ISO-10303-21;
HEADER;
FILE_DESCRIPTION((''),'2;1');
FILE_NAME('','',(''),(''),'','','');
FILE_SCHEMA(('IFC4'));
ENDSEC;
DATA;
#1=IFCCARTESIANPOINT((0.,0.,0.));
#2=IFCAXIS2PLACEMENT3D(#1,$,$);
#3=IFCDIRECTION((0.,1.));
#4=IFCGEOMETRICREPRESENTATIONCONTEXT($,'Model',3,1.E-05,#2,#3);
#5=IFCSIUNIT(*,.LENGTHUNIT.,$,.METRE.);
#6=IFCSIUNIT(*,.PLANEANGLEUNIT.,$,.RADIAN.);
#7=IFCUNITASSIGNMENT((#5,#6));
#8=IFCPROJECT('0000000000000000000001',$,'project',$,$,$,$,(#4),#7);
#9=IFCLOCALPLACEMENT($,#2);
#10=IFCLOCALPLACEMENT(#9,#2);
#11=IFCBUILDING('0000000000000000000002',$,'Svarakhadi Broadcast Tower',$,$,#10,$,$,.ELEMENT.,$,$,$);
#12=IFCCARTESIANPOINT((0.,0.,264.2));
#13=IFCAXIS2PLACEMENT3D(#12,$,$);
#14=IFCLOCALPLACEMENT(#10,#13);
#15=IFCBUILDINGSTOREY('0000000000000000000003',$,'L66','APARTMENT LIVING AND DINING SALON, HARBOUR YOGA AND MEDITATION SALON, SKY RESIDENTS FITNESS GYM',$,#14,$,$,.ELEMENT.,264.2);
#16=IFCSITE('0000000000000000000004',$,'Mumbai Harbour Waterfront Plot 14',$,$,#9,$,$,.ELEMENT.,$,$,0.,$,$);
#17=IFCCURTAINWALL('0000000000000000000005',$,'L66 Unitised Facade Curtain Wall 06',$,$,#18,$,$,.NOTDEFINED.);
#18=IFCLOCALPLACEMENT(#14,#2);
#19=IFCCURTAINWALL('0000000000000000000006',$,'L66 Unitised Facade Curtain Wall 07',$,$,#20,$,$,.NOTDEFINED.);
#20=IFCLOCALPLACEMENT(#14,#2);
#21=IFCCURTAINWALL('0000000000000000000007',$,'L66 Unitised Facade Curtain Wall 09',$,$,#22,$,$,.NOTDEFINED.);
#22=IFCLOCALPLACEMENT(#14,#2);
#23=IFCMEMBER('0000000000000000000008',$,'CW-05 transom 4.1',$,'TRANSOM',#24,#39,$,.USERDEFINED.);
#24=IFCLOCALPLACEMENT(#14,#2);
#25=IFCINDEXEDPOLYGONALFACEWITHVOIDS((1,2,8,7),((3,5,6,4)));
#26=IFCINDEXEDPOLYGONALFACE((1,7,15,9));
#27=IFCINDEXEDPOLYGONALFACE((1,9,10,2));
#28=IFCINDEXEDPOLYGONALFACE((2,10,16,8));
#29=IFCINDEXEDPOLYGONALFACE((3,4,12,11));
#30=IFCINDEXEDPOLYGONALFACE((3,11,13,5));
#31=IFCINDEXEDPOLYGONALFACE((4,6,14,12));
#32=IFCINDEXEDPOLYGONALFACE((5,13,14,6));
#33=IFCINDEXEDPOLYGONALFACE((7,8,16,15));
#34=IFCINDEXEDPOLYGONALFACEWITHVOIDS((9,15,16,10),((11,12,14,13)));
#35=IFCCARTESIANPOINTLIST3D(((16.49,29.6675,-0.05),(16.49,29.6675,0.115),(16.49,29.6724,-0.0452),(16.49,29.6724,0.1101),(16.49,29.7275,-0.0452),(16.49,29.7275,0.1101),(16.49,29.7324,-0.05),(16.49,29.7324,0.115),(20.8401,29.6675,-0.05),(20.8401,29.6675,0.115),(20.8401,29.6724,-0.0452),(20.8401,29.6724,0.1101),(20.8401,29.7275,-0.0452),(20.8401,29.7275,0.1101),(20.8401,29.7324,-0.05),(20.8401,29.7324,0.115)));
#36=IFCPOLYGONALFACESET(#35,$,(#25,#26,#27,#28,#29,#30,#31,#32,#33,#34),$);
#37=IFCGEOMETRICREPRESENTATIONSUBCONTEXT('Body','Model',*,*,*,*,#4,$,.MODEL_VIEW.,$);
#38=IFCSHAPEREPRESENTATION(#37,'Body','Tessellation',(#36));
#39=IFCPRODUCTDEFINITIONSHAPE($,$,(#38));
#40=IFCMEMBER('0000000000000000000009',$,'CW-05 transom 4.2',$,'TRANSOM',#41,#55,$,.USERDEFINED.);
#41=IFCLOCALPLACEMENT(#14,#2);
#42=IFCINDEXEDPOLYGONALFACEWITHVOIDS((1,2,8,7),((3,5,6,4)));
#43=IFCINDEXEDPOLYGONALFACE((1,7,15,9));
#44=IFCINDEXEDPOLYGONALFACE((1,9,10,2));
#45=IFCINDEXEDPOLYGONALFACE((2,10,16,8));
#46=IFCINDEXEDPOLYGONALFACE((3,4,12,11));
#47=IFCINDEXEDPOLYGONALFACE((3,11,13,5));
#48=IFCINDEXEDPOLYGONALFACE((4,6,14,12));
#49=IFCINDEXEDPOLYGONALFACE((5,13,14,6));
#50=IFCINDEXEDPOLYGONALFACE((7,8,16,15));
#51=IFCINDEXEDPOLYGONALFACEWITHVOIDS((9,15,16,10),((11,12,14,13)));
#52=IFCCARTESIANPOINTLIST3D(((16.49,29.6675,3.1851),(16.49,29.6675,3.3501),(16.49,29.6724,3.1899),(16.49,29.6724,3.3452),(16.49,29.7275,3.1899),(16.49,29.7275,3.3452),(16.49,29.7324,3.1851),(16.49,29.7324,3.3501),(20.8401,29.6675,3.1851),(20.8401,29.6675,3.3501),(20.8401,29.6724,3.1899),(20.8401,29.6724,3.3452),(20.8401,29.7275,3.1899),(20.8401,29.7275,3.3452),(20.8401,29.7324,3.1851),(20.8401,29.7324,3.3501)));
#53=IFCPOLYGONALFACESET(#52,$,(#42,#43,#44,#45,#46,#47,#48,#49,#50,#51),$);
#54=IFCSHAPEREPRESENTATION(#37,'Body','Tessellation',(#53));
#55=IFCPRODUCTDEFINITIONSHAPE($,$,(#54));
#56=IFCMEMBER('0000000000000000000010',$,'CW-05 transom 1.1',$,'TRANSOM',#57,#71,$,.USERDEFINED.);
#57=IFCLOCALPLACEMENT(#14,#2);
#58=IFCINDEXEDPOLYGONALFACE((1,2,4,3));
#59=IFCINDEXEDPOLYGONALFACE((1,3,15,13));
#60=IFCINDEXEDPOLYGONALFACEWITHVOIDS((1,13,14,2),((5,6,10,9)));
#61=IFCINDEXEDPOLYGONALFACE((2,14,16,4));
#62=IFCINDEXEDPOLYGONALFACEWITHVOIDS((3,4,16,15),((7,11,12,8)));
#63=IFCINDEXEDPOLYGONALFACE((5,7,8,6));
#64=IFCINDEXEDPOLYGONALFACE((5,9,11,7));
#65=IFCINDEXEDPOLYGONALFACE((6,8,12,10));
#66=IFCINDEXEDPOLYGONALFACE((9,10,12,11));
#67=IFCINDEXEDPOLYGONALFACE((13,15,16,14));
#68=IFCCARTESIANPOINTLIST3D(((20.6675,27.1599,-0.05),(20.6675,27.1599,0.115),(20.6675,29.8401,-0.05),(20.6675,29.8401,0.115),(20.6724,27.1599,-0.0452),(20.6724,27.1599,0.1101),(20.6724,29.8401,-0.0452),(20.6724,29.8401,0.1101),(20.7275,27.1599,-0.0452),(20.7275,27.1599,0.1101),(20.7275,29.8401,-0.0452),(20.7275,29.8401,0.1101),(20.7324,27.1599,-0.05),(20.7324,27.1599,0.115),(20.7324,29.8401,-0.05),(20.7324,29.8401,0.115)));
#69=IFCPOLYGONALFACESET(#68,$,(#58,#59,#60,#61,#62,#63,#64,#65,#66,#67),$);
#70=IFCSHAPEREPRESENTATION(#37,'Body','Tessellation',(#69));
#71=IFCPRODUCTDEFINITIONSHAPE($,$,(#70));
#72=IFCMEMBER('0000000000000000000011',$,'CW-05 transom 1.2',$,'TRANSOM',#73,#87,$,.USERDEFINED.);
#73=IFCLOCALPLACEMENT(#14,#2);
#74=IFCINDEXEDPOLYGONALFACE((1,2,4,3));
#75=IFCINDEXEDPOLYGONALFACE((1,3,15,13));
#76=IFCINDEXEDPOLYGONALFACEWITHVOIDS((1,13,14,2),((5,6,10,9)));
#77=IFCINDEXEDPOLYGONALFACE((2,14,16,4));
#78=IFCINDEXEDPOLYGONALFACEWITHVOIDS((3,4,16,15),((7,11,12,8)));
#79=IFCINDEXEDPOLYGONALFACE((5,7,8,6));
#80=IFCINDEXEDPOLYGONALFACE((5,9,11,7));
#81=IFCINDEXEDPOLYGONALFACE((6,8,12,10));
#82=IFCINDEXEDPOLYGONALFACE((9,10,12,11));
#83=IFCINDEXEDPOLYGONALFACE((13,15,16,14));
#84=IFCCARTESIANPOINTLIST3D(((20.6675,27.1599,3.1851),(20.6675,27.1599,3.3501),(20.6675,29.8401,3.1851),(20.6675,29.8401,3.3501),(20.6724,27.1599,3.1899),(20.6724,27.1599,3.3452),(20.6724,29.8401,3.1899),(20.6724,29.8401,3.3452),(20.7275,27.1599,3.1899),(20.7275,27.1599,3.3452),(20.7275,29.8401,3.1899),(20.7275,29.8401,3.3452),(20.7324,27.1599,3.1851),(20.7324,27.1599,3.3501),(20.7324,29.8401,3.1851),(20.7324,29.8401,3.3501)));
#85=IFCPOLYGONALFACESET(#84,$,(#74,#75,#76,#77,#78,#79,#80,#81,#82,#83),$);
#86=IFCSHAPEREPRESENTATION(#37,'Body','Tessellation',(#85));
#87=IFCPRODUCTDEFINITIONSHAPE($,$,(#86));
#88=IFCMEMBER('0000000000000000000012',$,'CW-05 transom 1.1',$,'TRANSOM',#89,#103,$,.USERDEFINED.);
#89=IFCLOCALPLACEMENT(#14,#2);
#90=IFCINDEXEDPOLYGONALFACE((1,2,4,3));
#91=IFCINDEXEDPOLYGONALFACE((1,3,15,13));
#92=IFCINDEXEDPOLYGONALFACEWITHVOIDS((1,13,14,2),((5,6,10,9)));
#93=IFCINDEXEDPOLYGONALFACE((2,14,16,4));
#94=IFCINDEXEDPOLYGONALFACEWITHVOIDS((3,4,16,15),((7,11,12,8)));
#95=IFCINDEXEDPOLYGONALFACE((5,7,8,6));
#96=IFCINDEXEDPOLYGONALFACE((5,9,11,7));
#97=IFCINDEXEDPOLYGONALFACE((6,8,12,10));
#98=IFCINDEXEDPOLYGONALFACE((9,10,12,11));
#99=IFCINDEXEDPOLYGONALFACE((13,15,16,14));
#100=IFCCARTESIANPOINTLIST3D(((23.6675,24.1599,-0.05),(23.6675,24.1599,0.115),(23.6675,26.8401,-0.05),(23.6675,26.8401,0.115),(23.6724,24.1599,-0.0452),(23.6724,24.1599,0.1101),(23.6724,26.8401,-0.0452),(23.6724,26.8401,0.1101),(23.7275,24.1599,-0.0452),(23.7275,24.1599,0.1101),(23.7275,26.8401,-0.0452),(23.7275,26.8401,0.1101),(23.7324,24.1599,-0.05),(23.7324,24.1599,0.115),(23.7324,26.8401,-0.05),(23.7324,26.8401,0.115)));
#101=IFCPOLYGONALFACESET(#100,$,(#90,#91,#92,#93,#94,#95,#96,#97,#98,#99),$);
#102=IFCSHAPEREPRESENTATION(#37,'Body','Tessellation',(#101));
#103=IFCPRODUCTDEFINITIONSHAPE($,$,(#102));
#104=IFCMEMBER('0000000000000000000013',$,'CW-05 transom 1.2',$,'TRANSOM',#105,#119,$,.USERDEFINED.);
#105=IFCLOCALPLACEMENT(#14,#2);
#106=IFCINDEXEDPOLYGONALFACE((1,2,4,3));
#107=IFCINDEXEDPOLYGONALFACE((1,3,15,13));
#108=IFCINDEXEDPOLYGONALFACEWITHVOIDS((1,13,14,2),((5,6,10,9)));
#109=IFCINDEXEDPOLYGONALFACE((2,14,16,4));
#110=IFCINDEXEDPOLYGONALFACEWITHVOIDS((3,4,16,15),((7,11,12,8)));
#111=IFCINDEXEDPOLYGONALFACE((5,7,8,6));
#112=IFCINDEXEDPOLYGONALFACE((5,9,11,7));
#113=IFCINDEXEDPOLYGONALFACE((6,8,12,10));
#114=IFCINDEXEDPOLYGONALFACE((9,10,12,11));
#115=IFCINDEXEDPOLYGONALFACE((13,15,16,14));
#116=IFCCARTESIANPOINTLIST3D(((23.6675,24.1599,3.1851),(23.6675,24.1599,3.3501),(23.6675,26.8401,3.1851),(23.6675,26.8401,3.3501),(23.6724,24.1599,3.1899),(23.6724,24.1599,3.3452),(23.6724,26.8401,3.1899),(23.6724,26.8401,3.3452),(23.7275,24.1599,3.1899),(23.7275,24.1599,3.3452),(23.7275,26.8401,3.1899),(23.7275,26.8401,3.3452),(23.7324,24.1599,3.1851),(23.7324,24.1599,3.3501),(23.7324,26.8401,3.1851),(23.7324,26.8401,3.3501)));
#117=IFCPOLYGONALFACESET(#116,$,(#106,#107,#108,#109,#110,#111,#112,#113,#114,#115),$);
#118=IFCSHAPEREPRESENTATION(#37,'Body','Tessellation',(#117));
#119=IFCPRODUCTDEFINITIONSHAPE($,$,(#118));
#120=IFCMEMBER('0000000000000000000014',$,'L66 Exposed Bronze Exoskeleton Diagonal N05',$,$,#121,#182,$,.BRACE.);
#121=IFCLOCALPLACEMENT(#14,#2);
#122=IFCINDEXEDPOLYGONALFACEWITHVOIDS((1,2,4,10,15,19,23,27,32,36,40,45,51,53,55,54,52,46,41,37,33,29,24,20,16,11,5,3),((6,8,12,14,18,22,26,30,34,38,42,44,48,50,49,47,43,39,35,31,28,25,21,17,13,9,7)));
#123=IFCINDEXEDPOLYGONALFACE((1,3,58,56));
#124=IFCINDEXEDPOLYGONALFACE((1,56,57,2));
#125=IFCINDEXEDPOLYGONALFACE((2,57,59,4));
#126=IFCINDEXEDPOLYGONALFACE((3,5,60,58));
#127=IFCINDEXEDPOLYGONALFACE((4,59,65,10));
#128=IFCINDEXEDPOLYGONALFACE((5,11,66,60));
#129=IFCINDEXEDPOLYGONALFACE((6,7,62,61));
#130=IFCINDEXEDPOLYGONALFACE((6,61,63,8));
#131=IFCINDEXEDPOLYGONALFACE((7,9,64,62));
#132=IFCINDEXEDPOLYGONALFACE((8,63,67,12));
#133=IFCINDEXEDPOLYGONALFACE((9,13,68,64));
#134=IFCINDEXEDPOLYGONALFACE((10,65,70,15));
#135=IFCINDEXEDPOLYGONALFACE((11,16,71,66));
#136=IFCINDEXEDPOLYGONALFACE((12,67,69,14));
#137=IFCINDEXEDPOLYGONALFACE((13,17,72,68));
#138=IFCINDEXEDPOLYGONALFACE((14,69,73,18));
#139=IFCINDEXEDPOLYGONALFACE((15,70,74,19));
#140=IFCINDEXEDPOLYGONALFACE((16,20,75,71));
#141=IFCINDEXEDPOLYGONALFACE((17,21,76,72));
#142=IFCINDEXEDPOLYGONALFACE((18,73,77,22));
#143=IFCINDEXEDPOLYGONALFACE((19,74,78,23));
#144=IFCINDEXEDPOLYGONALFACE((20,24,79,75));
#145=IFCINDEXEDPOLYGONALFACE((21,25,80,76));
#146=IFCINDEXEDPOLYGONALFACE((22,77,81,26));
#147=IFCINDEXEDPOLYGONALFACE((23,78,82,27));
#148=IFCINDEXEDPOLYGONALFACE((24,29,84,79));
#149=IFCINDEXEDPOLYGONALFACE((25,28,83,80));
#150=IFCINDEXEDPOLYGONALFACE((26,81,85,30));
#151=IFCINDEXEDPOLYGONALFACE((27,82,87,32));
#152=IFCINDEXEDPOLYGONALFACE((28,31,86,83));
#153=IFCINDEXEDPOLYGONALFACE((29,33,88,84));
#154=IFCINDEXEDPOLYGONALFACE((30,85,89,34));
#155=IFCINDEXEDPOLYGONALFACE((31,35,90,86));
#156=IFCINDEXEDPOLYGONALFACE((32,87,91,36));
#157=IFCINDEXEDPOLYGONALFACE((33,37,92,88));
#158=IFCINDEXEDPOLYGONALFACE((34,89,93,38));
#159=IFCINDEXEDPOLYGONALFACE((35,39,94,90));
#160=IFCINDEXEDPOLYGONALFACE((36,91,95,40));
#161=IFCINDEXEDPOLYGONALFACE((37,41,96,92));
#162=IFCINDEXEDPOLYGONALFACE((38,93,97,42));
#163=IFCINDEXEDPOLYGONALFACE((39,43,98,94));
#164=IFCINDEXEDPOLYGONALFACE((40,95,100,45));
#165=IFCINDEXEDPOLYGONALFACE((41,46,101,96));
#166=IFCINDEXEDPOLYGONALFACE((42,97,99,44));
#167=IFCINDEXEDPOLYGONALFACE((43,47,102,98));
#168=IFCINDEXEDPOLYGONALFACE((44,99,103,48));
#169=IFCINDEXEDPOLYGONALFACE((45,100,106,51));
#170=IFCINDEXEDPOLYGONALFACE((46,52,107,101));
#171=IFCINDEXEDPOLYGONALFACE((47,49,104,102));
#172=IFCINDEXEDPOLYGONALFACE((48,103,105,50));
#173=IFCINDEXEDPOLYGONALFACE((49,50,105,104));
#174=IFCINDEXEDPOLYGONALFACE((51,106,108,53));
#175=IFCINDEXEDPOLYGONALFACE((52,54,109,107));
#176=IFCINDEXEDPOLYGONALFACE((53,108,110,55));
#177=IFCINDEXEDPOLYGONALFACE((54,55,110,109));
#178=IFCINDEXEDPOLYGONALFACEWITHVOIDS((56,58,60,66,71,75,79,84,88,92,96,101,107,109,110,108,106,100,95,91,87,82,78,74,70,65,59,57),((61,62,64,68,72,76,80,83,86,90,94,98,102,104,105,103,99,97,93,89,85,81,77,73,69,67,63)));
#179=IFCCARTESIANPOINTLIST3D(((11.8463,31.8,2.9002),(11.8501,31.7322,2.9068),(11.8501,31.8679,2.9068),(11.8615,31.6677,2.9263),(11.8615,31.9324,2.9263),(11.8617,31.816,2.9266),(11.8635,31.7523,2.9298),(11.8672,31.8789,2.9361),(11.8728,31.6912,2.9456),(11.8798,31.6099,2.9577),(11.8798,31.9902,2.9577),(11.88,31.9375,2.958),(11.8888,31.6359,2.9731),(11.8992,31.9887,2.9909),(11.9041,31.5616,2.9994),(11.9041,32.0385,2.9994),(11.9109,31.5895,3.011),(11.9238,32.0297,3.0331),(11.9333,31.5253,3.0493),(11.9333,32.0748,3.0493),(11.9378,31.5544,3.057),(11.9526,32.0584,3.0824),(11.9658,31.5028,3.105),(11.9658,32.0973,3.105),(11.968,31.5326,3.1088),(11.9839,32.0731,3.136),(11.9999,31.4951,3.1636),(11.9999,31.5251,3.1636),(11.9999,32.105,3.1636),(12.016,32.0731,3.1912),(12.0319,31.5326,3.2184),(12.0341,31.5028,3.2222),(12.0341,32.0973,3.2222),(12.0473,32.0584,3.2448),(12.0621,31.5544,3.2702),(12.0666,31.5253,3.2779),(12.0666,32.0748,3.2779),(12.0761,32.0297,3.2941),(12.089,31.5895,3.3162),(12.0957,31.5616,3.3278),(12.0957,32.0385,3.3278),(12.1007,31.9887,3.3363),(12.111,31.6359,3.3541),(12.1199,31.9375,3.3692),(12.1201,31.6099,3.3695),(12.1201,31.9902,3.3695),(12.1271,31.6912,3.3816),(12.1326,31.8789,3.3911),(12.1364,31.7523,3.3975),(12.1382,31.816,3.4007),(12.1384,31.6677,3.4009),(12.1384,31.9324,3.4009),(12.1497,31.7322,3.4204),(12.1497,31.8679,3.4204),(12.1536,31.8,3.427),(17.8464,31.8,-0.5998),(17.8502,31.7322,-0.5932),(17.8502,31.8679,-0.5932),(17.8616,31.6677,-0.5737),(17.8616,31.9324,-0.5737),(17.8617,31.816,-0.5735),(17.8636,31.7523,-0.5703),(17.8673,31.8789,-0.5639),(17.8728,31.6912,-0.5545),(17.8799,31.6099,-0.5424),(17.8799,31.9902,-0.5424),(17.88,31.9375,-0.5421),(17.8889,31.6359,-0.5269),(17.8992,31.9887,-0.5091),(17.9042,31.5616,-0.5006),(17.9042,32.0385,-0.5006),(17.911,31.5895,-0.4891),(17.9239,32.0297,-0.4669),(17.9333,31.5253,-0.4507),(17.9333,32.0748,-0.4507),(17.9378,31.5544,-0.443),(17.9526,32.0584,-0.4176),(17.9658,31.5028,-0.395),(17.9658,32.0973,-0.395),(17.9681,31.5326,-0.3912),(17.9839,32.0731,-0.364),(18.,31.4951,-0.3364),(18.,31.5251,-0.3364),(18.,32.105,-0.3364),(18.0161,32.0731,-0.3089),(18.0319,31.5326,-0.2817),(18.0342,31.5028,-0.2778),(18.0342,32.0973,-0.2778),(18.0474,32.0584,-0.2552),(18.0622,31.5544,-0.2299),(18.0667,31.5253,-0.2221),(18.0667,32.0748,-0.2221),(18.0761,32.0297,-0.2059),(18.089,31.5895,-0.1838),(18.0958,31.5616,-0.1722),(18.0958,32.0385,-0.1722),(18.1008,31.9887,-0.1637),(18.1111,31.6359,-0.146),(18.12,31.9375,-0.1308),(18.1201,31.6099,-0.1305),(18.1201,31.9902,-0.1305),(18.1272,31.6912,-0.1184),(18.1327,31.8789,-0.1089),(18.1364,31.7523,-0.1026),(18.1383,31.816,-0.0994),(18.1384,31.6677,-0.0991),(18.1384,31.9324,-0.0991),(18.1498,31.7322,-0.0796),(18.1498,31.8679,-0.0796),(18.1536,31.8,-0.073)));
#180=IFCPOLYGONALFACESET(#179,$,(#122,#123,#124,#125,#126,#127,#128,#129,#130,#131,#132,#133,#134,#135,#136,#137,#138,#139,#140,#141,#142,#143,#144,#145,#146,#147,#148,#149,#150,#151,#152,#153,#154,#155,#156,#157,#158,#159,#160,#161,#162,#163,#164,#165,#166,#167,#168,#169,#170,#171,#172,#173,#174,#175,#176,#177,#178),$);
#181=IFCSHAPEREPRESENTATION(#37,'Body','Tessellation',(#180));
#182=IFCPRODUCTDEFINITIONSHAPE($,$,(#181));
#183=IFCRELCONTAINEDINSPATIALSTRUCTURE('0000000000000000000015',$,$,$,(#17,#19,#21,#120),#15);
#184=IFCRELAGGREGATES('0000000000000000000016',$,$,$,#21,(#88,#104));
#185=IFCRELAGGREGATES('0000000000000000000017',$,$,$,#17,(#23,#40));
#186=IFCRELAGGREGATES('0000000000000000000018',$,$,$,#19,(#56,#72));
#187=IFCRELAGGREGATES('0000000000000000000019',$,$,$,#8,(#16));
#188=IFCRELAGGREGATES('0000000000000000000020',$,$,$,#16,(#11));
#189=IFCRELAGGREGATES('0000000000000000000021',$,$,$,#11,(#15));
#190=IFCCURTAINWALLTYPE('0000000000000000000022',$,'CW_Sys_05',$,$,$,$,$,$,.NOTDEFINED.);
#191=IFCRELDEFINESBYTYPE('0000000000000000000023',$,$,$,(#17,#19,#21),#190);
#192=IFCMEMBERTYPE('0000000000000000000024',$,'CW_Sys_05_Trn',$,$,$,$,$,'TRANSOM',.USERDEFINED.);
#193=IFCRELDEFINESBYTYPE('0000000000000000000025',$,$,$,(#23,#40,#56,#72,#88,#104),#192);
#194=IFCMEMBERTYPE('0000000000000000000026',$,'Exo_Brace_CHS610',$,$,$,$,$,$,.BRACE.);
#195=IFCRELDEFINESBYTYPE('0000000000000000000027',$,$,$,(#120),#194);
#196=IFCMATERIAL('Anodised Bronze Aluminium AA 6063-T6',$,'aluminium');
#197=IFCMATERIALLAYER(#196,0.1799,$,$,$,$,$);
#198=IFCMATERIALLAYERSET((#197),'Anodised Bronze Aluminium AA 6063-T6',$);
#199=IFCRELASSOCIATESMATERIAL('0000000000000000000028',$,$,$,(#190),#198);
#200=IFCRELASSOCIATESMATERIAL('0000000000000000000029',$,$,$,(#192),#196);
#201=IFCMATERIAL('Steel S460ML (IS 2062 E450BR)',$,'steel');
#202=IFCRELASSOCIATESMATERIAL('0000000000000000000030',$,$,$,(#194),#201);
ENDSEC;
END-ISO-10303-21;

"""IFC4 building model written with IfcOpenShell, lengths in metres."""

from ifc_helpers import new_model, si_unit, direction, frame, origin, origin_2d, place, context, subcontext, project, spatial, hollow_rectangle, hollow_circle, extrude, material, layer, layer_set, material_profile, profile_set, type_object, element, aggregate, save


model = new_model("IFC4")

# Units and contexts
model_context = context("Model", 3, precision=1e-05, world=origin(), true_north=direction((0.0, 1.0)))
body_context = subcontext(model_context, "Body", "Model", "MODEL_VIEW")
ifc_project = project(units=[si_unit("LENGTHUNIT", "METRE"), si_unit("PLANEANGLEUNIT", "RADIAN")], contexts=[model_context])

# Site, building, storey
site_placement = place(None, origin())
site = spatial("IfcSite", under=ifc_project, at=site_placement, Name="Mumbai Harbour Waterfront Plot 14", CompositionType="ELEMENT", RefElevation=0.0)
building_placement = place(site_placement, origin())
building = spatial("IfcBuilding", under=site, at=building_placement, Name="Svarakhadi Broadcast Tower", CompositionType="ELEMENT")
storey_placement = place(building_placement, frame((0.0, 0.0, 264.2)))
storey = spatial("IfcBuildingStorey", under=building, at=storey_placement, Name="L66", Description="APARTMENT LIVING AND DINING SALON, HARBOUR YOGA AND MEDITATION SALON, SKY RESIDENTS FITNESS GYM", CompositionType="ELEMENT", Elevation=264.2)

# Shared definitions
ifc_material_1 = material(Name="Steel S460ML (IS 2062 E450BR)", Category="steel")

# Curtain walls
ifc_material_2 = material(Name="Anodised Bronze Aluminium AA 6063-T6", Category="aluminium")
ifc_layer_1 = layer(ifc_material_2, 0.1799)
ifc_layer_set_1 = layer_set([ifc_layer_1], Name="Anodised Bronze Aluminium AA 6063-T6")
curtain_wall_type = type_object("IfcCurtainWallType", Name="CW_Sys_05", PredefinedType="NOTDEFINED", material=ifc_layer_set_1)
curtain_wall_1_placement = place(storey_placement, origin())
curtain_wall_1 = element("IfcCurtainWall", 1, at=curtain_wall_1_placement, inside=storey, type_object=curtain_wall_type, Name="L66 Unitised Facade Curtain Wall 06", PredefinedType="NOTDEFINED")
curtain_wall_2_placement = place(storey_placement, origin())
curtain_wall_2 = element("IfcCurtainWall", 2, at=curtain_wall_2_placement, inside=storey, type_object=curtain_wall_type, Name="L66 Unitised Facade Curtain Wall 07", PredefinedType="NOTDEFINED")

# Curtain wall
curtain_wall_3_placement = place(storey_placement, origin())
curtain_wall_3 = element("IfcCurtainWall", 3, at=curtain_wall_3_placement, inside=storey, type_object=curtain_wall_type, Name="L66 Unitised Facade Curtain Wall 09", PredefinedType="NOTDEFINED")

# Members
ifc_material_profile_1 = material_profile(ifc_material_2, hollow_rectangle(XDim=0.0649, YDim=0.165, WallThickness=0.0049, at=origin_2d()), Name="ALU TRANSOM 165x65x5")
ifc_profile_set_1 = profile_set([ifc_material_profile_1], Name="Anodised Bronze Aluminium AA 6063-T6")
member_type_1 = type_object("IfcMemberType", Name="CW_Sys_05_Trn", ElementType="TRANSOM", PredefinedType="USERDEFINED", material=ifc_profile_set_1)
member_1_placement = place(storey_placement, frame((16.49, 29.7, 0.0325), z_axis=(1.0, 0.0, 0.0), x_axis=(0.0, 1.0, 0.0)))
member_1 = element("IfcMember", 4, at=member_1_placement, type_object=member_type_1, Name="CW-05 transom 4.1", ObjectType="TRANSOM", PredefinedType="USERDEFINED", context=body_context, shape_type="SweptSolid", body=[
    extrude(hollow_rectangle(XDim=0.0649, YDim=0.165, WallThickness=0.0049, at=origin_2d()), origin(), (0.0, 0.0, 1.0), 4.3501),
])
member_2_placement = place(storey_placement, frame((16.49, 29.7, 3.2676), z_axis=(1.0, 0.0, 0.0), x_axis=(0.0, 1.0, 0.0)))
member_2 = element("IfcMember", 5, at=member_2_placement, type_object=member_type_1, Name="CW-05 transom 4.2", ObjectType="TRANSOM", PredefinedType="USERDEFINED", context=body_context, shape_type="SweptSolid", body=[
    extrude(hollow_rectangle(XDim=0.0649, YDim=0.165, WallThickness=0.0049, at=origin_2d()), origin(), (0.0, 0.0, 1.0), 4.3501),
])
member_3_placement = place(storey_placement, frame((20.7, 29.8401, 0.0325), z_axis=(0.0, -1.0, 0.0), x_axis=(1.0, 0.0, 0.0)))
member_3 = element("IfcMember", 6, at=member_3_placement, type_object=member_type_1, Name="CW-05 transom 1.1", ObjectType="TRANSOM", PredefinedType="USERDEFINED", context=body_context, shape_type="SweptSolid", body=[
    extrude(hollow_rectangle(XDim=0.0649, YDim=0.165, WallThickness=0.0049, at=origin_2d()), origin(), (0.0, 0.0, 1.0), 2.6802),
])
member_4_placement = place(storey_placement, frame((20.7, 29.8401, 3.2676), z_axis=(0.0, -1.0, 0.0), x_axis=(1.0, 0.0, 0.0)))
member_4 = element("IfcMember", 7, at=member_4_placement, type_object=member_type_1, Name="CW-05 transom 1.2", ObjectType="TRANSOM", PredefinedType="USERDEFINED", context=body_context, shape_type="SweptSolid", body=[
    extrude(hollow_rectangle(XDim=0.0649, YDim=0.165, WallThickness=0.0049, at=origin_2d()), origin(), (0.0, 0.0, 1.0), 2.6802),
])
member_5_placement = place(storey_placement, frame((23.7, 26.8401, 0.0325), z_axis=(0.0, -1.0, 0.0), x_axis=(1.0, 0.0, 0.0)))
member_5 = element("IfcMember", 8, at=member_5_placement, type_object=member_type_1, Name="CW-05 transom 1.1", ObjectType="TRANSOM", PredefinedType="USERDEFINED", context=body_context, shape_type="SweptSolid", body=[
    extrude(hollow_rectangle(XDim=0.0649, YDim=0.165, WallThickness=0.0049, at=origin_2d()), origin(), (0.0, 0.0, 1.0), 2.6802),
])
member_6_placement = place(storey_placement, frame((23.7, 26.8401, 3.2676), z_axis=(0.0, -1.0, 0.0), x_axis=(1.0, 0.0, 0.0)))
member_6 = element("IfcMember", 9, at=member_6_placement, type_object=member_type_1, Name="CW-05 transom 1.2", ObjectType="TRANSOM", PredefinedType="USERDEFINED", context=body_context, shape_type="SweptSolid", body=[
    extrude(hollow_rectangle(XDim=0.0649, YDim=0.165, WallThickness=0.0049, at=origin_2d()), origin(), (0.0, 0.0, 1.0), 2.6802),
])
aggregate(curtain_wall_3, [member_5, member_6])

# Member
ifc_material_profile_2 = material_profile(ifc_material_1, hollow_circle(Radius=0.3049, WallThickness=0.03, at=origin_2d()), Name="CHS 610x30")
ifc_profile_set_2 = profile_set([ifc_material_profile_2], Name="Steel S460ML (IS 2062 E450BR)")
member_type_2 = type_object("IfcMemberType", Name="Exo_Brace_CHS610", PredefinedType="BRACE", material=ifc_profile_set_2)
member_7_placement = place(storey_placement, frame((18.0, 31.8, -0.3364), z_axis=(-0.863779, 0.0, 0.503871), x_axis=(0.0, -1.0, 0.0)))
element("IfcMember", 10, at=member_7_placement, inside=storey, type_object=member_type_2, Name="L66 Exposed Bronze Exoskeleton Diagonal N05", PredefinedType="BRACE", context=body_context, shape_type="SweptSolid", body=[
    extrude(hollow_circle(Radius=0.3049, WallThickness=0.03, at=origin_2d()), origin(), (0.0, 0.0, 1.0), 6.9463),
])

aggregate(curtain_wall_1, [member_1, member_2])
aggregate(curtain_wall_2, [member_3, member_4])

save(model, "model.ifc")
